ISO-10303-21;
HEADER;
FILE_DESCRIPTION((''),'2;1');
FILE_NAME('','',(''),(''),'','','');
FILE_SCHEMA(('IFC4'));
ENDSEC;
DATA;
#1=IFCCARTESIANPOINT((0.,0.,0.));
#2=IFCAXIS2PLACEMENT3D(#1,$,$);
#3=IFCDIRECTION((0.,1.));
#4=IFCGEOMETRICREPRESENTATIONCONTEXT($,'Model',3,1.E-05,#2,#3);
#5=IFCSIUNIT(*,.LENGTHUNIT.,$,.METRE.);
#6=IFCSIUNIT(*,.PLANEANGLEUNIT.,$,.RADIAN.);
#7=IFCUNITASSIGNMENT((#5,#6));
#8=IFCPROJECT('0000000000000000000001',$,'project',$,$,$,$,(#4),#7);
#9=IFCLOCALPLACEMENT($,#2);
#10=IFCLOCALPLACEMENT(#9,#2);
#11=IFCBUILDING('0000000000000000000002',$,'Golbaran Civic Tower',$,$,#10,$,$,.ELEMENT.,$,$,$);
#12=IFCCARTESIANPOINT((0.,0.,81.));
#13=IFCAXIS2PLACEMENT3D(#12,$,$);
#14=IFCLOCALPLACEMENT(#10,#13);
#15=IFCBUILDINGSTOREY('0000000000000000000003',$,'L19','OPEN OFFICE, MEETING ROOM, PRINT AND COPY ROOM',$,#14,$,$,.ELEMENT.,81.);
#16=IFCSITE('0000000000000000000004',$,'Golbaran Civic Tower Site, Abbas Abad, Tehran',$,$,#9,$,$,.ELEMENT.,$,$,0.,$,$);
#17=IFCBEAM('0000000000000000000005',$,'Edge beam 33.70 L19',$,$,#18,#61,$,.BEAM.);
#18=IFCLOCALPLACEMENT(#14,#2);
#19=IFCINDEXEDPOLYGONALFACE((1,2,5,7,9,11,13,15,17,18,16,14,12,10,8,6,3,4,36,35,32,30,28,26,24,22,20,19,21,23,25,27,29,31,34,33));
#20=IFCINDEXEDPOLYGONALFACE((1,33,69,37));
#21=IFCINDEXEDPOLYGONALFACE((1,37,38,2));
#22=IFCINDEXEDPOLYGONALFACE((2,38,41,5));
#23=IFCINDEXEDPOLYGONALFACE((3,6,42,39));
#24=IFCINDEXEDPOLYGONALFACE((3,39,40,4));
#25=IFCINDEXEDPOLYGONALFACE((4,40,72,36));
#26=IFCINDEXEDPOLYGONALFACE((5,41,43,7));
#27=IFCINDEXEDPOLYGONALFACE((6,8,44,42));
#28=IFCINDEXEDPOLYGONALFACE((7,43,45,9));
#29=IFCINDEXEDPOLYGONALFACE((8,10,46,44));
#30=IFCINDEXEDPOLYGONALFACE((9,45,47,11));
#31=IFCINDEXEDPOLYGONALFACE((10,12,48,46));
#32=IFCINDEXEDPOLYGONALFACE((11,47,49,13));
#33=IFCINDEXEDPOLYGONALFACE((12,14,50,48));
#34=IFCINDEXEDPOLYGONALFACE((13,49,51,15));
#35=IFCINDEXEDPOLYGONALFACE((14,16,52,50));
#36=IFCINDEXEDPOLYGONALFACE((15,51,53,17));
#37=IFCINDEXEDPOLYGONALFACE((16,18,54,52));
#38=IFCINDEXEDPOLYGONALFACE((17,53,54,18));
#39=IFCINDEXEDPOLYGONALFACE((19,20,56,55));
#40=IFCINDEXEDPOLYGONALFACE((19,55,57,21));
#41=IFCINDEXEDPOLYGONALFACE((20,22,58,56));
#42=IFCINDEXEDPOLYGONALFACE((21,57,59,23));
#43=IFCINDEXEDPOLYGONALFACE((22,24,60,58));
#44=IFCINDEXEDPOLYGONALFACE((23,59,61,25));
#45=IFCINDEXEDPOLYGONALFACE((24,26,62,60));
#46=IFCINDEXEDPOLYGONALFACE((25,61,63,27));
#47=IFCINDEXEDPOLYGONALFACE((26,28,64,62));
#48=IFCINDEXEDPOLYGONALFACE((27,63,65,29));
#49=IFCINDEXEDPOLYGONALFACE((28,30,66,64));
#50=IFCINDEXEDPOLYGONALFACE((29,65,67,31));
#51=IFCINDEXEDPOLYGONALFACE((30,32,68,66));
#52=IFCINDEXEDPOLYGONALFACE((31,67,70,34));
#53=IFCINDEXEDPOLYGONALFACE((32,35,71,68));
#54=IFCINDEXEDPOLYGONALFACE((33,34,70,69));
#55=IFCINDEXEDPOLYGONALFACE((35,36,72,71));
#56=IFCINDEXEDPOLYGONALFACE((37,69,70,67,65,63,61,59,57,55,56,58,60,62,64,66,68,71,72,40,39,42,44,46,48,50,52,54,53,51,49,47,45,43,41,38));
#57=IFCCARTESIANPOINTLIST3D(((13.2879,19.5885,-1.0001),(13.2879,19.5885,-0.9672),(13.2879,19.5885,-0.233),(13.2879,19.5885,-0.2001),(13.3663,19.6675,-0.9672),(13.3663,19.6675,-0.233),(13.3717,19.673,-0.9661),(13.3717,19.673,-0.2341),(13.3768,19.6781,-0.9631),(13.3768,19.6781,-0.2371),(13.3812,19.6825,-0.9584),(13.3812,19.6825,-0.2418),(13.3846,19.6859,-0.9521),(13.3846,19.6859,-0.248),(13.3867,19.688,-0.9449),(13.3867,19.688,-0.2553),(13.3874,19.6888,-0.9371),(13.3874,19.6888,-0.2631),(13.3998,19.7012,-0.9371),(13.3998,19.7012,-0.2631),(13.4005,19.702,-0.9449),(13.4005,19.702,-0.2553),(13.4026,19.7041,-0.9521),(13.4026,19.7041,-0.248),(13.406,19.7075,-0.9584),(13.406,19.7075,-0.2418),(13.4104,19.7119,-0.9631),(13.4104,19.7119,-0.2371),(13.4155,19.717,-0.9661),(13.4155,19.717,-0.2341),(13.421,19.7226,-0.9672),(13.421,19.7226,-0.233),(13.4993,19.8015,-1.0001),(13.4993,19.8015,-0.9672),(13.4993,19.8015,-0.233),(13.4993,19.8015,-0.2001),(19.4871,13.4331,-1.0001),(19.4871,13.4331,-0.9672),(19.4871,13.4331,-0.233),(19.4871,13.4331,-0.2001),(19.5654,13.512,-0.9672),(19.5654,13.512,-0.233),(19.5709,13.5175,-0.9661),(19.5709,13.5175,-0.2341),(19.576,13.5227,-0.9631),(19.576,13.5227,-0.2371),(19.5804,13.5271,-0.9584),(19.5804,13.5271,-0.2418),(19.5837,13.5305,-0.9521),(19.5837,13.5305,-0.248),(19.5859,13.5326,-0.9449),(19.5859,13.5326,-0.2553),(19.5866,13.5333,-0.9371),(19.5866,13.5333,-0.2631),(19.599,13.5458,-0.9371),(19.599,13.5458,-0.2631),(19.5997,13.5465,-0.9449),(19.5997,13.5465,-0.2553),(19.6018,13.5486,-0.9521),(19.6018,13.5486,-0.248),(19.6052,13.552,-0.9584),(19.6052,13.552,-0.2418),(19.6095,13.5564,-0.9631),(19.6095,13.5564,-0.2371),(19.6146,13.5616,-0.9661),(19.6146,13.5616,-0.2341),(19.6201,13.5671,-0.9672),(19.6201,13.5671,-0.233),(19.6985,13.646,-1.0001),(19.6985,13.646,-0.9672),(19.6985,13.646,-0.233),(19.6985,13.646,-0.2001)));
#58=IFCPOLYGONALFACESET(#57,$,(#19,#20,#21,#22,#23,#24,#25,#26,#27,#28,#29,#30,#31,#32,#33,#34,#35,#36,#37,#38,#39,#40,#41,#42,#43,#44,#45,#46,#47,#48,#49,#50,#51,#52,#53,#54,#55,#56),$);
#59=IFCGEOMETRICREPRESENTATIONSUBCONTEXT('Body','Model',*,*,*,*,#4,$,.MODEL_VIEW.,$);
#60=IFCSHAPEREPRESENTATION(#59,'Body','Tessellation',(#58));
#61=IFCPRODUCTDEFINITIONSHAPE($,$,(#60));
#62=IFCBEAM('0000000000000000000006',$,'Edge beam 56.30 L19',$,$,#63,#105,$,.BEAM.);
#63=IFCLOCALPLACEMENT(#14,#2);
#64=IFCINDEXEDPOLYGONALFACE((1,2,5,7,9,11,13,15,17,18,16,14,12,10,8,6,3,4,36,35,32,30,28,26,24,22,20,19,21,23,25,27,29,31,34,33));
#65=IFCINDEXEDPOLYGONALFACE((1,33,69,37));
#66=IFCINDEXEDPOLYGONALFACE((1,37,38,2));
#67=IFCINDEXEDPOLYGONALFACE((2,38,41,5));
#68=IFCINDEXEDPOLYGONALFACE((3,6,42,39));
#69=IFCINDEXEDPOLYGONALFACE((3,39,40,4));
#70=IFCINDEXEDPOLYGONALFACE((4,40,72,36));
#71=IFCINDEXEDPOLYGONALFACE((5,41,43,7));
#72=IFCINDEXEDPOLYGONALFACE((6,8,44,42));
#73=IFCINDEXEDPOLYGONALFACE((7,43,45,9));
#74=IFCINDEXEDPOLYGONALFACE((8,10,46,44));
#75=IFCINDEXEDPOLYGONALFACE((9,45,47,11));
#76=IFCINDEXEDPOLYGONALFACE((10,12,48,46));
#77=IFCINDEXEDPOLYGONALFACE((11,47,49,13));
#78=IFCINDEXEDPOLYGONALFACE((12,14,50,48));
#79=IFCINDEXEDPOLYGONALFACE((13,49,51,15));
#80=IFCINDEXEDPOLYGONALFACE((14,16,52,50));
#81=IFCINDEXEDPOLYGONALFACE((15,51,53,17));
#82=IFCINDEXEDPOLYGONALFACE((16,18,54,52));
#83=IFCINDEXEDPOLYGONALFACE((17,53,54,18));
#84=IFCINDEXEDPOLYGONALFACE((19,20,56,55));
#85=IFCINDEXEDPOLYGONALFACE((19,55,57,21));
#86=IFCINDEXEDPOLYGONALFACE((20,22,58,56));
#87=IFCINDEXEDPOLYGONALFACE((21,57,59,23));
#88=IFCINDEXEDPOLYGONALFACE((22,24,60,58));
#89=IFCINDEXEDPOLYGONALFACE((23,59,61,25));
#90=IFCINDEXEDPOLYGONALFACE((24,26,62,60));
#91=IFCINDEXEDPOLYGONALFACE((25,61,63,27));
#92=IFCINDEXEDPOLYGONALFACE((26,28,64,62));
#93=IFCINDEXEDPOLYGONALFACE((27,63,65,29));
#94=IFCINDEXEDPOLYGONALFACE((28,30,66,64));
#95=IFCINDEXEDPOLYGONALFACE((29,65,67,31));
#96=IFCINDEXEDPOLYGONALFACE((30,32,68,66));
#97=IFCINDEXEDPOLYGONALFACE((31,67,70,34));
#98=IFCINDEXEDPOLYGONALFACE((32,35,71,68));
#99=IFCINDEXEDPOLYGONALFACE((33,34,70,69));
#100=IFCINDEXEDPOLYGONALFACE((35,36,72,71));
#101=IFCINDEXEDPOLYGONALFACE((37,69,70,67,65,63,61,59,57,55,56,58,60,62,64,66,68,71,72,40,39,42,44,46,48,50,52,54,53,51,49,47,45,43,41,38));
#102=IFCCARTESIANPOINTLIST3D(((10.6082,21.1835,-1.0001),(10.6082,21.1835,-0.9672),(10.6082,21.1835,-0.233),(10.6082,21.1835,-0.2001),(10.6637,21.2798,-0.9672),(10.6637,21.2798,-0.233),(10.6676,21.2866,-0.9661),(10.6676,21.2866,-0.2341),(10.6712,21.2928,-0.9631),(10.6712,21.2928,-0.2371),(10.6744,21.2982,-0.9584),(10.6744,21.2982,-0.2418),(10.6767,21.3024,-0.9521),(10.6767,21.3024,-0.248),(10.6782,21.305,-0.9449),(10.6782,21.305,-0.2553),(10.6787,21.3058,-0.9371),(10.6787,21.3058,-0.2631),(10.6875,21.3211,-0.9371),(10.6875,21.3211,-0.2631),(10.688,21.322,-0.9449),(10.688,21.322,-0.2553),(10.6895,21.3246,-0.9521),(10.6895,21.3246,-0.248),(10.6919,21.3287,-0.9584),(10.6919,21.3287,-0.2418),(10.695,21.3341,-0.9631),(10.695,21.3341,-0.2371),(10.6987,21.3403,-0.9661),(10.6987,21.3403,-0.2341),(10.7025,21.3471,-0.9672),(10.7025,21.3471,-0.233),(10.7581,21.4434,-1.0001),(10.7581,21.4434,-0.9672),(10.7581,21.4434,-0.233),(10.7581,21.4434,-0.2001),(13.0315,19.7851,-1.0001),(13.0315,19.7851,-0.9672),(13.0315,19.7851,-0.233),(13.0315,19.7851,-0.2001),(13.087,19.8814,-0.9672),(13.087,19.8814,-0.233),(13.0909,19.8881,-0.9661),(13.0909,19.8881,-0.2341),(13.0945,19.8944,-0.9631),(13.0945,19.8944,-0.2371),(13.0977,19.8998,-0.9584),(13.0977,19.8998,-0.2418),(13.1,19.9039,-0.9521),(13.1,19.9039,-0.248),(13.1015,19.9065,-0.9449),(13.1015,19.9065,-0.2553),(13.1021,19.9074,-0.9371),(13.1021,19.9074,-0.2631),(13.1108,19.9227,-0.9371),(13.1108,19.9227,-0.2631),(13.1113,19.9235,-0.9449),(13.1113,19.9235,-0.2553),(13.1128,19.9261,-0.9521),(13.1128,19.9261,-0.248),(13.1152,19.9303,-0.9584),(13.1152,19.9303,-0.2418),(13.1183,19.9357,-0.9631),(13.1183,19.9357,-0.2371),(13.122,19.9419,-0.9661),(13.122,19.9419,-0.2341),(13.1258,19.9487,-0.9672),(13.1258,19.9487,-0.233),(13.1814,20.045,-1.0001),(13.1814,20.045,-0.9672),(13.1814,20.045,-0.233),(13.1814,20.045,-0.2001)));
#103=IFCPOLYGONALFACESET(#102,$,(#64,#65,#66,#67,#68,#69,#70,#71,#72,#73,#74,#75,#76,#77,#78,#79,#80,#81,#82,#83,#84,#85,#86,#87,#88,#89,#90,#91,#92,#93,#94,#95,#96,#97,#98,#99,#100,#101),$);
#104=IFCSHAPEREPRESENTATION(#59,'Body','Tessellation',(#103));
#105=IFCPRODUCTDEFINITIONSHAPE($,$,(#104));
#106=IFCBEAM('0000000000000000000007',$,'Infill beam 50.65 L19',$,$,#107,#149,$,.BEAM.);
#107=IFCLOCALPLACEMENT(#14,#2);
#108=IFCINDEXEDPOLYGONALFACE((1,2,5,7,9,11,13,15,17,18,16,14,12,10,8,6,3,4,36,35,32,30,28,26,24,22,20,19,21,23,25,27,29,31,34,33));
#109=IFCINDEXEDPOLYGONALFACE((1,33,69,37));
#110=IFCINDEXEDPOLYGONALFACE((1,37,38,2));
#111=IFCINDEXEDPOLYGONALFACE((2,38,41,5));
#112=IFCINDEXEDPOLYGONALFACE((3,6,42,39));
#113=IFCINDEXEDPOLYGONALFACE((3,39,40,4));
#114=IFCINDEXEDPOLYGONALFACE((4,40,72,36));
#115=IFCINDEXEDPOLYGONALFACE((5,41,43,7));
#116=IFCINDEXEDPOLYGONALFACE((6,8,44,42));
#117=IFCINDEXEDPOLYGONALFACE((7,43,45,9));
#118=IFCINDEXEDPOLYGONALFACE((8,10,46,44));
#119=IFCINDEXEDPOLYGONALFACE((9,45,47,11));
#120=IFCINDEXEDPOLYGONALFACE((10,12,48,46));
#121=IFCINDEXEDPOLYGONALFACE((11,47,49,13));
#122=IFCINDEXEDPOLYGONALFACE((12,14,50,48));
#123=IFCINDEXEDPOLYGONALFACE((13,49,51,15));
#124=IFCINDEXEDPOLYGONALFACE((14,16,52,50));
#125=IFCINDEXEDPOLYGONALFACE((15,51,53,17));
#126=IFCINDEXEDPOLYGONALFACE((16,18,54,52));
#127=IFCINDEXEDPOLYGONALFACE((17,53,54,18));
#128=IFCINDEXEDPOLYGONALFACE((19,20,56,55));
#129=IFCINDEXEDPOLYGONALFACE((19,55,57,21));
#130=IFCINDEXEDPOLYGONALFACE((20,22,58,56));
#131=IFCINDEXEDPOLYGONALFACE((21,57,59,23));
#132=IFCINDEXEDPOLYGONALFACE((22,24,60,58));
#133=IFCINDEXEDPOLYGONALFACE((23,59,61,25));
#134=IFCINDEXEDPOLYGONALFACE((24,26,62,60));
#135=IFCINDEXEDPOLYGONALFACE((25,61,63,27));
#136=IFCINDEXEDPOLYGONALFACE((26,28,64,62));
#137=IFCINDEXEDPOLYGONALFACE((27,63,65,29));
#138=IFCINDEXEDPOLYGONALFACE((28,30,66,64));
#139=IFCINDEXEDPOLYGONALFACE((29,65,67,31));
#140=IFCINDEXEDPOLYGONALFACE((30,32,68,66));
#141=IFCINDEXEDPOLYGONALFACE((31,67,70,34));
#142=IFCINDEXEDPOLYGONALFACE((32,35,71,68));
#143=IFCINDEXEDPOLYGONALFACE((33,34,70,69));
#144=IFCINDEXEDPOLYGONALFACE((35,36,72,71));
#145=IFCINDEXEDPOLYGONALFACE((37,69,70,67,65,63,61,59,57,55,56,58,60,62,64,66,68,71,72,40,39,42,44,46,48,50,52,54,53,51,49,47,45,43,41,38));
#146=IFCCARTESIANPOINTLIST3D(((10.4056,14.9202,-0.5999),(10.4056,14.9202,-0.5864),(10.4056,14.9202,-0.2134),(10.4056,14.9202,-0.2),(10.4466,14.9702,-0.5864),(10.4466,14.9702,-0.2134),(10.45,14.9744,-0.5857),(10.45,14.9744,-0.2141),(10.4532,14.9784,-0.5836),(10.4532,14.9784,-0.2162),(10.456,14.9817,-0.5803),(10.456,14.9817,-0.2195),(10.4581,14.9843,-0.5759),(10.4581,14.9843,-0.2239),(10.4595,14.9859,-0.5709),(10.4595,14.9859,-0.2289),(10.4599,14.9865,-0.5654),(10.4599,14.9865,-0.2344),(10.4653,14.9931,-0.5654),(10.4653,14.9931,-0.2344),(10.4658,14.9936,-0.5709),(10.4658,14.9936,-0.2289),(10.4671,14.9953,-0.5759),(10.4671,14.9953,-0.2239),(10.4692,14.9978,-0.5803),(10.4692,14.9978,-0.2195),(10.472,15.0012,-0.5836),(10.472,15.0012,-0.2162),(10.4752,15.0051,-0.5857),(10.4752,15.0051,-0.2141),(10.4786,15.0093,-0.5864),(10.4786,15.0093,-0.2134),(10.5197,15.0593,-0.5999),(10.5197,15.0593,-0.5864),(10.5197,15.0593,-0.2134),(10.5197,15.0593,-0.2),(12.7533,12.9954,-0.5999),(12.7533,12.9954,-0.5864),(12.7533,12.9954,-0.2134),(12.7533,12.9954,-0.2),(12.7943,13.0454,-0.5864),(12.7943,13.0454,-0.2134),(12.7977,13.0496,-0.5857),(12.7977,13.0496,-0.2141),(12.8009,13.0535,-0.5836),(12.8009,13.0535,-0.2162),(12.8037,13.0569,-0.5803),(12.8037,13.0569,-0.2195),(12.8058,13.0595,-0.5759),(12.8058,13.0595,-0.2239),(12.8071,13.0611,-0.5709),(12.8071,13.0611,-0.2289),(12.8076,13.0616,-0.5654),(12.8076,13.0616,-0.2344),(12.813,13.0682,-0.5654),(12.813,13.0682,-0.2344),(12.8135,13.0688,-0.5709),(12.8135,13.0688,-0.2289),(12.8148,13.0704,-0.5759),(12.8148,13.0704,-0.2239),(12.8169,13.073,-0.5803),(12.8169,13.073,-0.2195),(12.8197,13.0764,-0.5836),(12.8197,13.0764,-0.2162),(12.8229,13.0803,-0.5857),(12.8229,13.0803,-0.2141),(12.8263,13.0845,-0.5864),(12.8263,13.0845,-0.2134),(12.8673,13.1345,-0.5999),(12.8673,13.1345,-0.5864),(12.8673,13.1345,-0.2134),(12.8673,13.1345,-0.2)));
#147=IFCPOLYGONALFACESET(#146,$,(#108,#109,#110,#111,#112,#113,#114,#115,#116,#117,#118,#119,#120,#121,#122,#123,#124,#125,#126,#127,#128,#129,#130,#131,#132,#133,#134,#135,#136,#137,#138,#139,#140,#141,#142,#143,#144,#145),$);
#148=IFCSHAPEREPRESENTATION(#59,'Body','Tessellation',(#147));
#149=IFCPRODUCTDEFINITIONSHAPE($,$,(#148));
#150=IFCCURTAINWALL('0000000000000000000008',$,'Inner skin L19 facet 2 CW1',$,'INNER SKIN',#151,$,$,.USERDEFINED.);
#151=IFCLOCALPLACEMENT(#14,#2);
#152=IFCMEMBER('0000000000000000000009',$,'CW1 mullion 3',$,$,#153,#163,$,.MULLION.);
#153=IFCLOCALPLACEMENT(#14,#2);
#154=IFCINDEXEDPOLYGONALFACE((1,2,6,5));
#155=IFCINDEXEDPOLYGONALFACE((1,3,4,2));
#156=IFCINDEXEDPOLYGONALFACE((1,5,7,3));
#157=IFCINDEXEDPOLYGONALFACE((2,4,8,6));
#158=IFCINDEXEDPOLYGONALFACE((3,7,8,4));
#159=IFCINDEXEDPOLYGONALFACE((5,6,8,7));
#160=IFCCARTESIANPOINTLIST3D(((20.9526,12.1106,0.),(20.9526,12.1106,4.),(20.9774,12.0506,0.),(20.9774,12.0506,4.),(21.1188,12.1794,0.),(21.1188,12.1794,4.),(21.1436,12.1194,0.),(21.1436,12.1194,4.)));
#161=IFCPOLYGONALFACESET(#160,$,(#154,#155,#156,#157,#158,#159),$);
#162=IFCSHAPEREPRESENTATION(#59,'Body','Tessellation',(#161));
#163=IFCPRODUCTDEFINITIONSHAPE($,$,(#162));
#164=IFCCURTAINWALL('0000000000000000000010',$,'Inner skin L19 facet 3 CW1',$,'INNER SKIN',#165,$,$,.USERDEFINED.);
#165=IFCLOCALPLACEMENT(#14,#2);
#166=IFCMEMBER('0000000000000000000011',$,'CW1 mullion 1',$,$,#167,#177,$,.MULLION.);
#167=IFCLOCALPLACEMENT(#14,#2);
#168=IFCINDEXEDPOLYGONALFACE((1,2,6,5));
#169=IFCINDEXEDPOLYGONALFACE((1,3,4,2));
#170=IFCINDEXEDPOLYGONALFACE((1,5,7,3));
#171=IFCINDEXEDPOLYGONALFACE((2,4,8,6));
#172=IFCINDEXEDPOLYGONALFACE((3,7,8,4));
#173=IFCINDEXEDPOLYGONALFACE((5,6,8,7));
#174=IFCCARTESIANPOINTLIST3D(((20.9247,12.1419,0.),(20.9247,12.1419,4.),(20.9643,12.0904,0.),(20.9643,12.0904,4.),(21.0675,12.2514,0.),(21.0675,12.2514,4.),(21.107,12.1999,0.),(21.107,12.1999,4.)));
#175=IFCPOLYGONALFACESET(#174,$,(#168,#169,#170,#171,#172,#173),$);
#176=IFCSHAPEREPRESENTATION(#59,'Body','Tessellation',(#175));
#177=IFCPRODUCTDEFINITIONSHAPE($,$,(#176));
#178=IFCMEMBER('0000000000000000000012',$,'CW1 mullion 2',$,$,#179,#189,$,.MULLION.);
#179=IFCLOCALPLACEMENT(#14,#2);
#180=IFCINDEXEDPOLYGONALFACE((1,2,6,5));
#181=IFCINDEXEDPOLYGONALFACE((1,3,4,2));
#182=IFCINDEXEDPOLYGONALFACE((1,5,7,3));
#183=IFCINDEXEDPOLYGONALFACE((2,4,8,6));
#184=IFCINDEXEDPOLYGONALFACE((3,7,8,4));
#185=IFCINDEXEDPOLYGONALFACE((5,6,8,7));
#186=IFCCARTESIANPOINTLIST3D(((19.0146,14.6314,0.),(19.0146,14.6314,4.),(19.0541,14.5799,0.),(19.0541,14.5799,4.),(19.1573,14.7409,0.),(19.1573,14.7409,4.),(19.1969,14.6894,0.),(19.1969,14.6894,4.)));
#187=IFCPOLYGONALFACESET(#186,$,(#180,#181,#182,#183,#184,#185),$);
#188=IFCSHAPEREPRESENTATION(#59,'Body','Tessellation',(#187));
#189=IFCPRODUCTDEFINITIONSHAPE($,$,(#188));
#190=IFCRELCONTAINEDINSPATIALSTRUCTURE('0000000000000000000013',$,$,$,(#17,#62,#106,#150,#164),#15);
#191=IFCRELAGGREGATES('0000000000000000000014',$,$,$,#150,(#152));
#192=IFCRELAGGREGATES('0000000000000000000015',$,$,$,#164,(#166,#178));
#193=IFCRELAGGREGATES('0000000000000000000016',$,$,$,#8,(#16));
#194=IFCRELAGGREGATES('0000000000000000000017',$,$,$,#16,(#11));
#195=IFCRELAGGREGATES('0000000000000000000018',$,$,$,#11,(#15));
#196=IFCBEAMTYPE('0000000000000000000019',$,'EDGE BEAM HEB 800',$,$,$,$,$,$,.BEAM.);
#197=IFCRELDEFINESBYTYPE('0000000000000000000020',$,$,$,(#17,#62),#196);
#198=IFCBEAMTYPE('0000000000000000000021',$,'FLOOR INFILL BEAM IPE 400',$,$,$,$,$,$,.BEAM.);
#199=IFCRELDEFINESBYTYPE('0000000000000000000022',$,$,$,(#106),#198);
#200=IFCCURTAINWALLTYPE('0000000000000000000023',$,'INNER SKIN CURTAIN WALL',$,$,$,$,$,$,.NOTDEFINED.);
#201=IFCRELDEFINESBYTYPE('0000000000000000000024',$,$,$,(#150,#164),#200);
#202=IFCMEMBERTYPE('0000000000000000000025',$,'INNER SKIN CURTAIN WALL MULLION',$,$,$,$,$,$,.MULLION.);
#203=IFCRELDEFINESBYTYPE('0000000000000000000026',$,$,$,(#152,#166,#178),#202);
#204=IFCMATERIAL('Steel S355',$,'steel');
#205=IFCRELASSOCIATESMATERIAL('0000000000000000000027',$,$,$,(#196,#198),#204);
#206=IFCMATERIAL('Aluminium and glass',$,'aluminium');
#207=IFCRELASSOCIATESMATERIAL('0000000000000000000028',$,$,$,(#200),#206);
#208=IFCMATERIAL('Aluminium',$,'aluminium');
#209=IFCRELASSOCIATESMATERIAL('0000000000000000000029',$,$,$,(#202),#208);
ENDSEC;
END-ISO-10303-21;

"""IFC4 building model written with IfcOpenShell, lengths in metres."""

from ifc_helpers import new_model, si_unit, direction, frame, origin, origin_2d, place, context, subcontext, project, spatial, rectangle, i_section, extrude, material, material_profile, profile_set, type_object, element, aggregate, save


model = new_model("IFC4")

# Units and contexts
model_context = context("Model", 3, precision=1e-05, world=origin(), true_north=direction((0.0, 1.0)))
body_context = subcontext(model_context, "Body", "Model", "MODEL_VIEW")
ifc_project = project(units=[si_unit("LENGTHUNIT", "METRE"), si_unit("PLANEANGLEUNIT", "RADIAN")], contexts=[model_context])

# Site, building, storey
site_placement = place(None, origin())
site = spatial("IfcSite", under=ifc_project, at=site_placement, Name="Golbaran Civic Tower Site, Abbas Abad, Tehran", CompositionType="ELEMENT", RefElevation=0.0)
building_placement = place(site_placement, origin())
building = spatial("IfcBuilding", under=site, at=building_placement, Name="Golbaran Civic Tower", CompositionType="ELEMENT")
storey_placement = place(building_placement, frame((0.0, 0.0, 81.0)))
storey = spatial("IfcBuildingStorey", under=building, at=storey_placement, Name="L19", Description="OPEN OFFICE, MEETING ROOM, PRINT AND COPY ROOM", CompositionType="ELEMENT", Elevation=81.0)

# Beams
ifc_material_1 = material(Name="Steel S355", Category="steel")
ifc_material_profile_1 = material_profile(ifc_material_1, i_section(OverallWidth=0.3, OverallDepth=0.8, WebThickness=0.0176, FlangeThickness=0.033, FilletRadius=0.03, at=origin_2d()), Name="HEB 800")
ifc_profile_set_1 = profile_set([ifc_material_profile_1], Name="Steel S355")
beam_type_1 = type_object("IfcBeamType", Name="EDGE BEAM HEB 800", PredefinedType="BEAM", material=ifc_profile_set_1)
beam_1_placement = place(storey_placement, frame((19.5928, 13.5396, -0.6001), z_axis=(-0.709604, 0.704601, 0.0), x_axis=(-0.704601, -0.709604, 0.0)))
element("IfcBeam", 1, at=beam_1_placement, inside=storey, type_object=beam_type_1, Name="Edge beam 33.70 L19", PredefinedType="BEAM", context=body_context, shape_type="SweptSolid", body=[
    extrude(i_section(OverallWidth=0.3, OverallDepth=0.8, WebThickness=0.0176, FlangeThickness=0.033, FilletRadius=0.03, at=origin_2d()), origin(), (0.0, 0.0, 1.0), 8.7361),
])
beam_2_placement = place(storey_placement, frame((13.1064, 19.915, -0.6001), z_axis=(-0.86613, 0.499818, 0.0), x_axis=(-0.499818, -0.86613, 0.0)))
element("IfcBeam", 2, at=beam_2_placement, inside=storey, type_object=beam_type_1, Name="Edge beam 56.30 L19", PredefinedType="BEAM", context=body_context, shape_type="SweptSolid", body=[
    extrude(i_section(OverallWidth=0.3, OverallDepth=0.8, WebThickness=0.0176, FlangeThickness=0.033, FilletRadius=0.03, at=origin_2d()), origin(), (0.0, 0.0, 1.0), 2.7979),
])
ifc_material_profile_2 = material_profile(ifc_material_1, i_section(OverallWidth=0.1799, OverallDepth=0.3999, WebThickness=0.0085, FlangeThickness=0.0134, FilletRadius=0.021, at=origin_2d()), Name="IPE 400")
ifc_profile_set_2 = profile_set([ifc_material_profile_2], Name="Steel S355")
beam_type_2 = type_object("IfcBeamType", Name="FLOOR INFILL BEAM IPE 400", PredefinedType="BEAM", material=ifc_profile_set_2)
beam_3_placement = place(storey_placement, frame((12.8103, 13.0649, -0.3999), z_axis=(-0.773312, 0.634026, 0.0), x_axis=(-0.634026, -0.773312, 0.0)))
element("IfcBeam", 3, at=beam_3_placement, inside=storey, type_object=beam_type_2, Name="Infill beam 50.65 L19", PredefinedType="BEAM", context=body_context, shape_type="SweptSolid", body=[
    extrude(i_section(OverallWidth=0.1799, OverallDepth=0.3999, WebThickness=0.0085, FlangeThickness=0.0134, FilletRadius=0.021, at=origin_2d()), origin(), (0.0, 0.0, 1.0), 3.0359),
])

# Curtain wall, member
ifc_material_2 = material(Name="Aluminium and glass", Category="aluminium")
curtain_wall_type = type_object("IfcCurtainWallType", Name="INNER SKIN CURTAIN WALL", PredefinedType="NOTDEFINED", material=ifc_material_2)
curtain_wall_1_placement = place(storey_placement, origin())
curtain_wall_1 = element("IfcCurtainWall", 4, at=curtain_wall_1_placement, inside=storey, type_object=curtain_wall_type, Name="Inner skin L19 facet 2 CW1", ObjectType="INNER SKIN", PredefinedType="USERDEFINED")
ifc_material_3 = material(Name="Aluminium", Category="aluminium")
ifc_material_profile_3 = material_profile(ifc_material_3, rectangle(XDim=0.1799, YDim=0.0649, at=origin_2d()), Name="INNER SKIN CURTAIN WALL MULLION")
ifc_profile_set_3 = profile_set([ifc_material_profile_3], Name="Aluminium")
member_type_1 = type_object("IfcMemberType", Name="INNER SKIN CURTAIN WALL MULLION", PredefinedType="MULLION", material=ifc_profile_set_3)
member_1_placement = place(storey_placement, frame((21.0481, 12.115, 0.0), z_axis=(0.0, 0.0, 1.0), x_axis=(-0.92388, -0.382683, 0.0)))
member_1 = element("IfcMember", 5, at=member_1_placement, type_object=member_type_1, Name="CW1 mullion 3", PredefinedType="MULLION", context=body_context, shape_type="SweptSolid", body=[
    extrude(rectangle(XDim=0.1799, YDim=0.0649, at=origin_2d()), origin(), (0.0, 0.0, 1.0), 4.0),
])
aggregate(curtain_wall_1, [member_1])

# Curtain wall, members
curtain_wall_2_placement = place(storey_placement, origin())
curtain_wall_2 = element("IfcCurtainWall", 6, at=curtain_wall_2_placement, inside=storey, type_object=curtain_wall_type, Name="Inner skin L19 facet 3 CW1", ObjectType="INNER SKIN", PredefinedType="USERDEFINED")
member_2_placement = place(storey_placement, frame((21.0159, 12.1709, 0.0), z_axis=(0.0, 0.0, 1.0), x_axis=(-0.793353, -0.608761, 0.0)))
member_2 = element("IfcMember", 7, at=member_2_placement, type_object=member_type_1, Name="CW1 mullion 1", PredefinedType="MULLION", context=body_context, shape_type="SweptSolid", body=[
    extrude(rectangle(XDim=0.1799, YDim=0.0649, at=origin_2d()), origin(), (0.0, 0.0, 1.0), 4.0),
])
member_3_placement = place(storey_placement, frame((19.1057, 14.6604, 0.0), z_axis=(0.0, 0.0, 1.0), x_axis=(-0.793353, -0.608761, 0.0)))
member_3 = element("IfcMember", 8, at=member_3_placement, type_object=member_type_1, Name="CW1 mullion 2", PredefinedType="MULLION", context=body_context, shape_type="SweptSolid", body=[
    extrude(rectangle(XDim=0.1799, YDim=0.0649, at=origin_2d()), origin(), (0.0, 0.0, 1.0), 4.0),
])

aggregate(curtain_wall_2, [member_2, member_3])

save(model, "model.ifc")
